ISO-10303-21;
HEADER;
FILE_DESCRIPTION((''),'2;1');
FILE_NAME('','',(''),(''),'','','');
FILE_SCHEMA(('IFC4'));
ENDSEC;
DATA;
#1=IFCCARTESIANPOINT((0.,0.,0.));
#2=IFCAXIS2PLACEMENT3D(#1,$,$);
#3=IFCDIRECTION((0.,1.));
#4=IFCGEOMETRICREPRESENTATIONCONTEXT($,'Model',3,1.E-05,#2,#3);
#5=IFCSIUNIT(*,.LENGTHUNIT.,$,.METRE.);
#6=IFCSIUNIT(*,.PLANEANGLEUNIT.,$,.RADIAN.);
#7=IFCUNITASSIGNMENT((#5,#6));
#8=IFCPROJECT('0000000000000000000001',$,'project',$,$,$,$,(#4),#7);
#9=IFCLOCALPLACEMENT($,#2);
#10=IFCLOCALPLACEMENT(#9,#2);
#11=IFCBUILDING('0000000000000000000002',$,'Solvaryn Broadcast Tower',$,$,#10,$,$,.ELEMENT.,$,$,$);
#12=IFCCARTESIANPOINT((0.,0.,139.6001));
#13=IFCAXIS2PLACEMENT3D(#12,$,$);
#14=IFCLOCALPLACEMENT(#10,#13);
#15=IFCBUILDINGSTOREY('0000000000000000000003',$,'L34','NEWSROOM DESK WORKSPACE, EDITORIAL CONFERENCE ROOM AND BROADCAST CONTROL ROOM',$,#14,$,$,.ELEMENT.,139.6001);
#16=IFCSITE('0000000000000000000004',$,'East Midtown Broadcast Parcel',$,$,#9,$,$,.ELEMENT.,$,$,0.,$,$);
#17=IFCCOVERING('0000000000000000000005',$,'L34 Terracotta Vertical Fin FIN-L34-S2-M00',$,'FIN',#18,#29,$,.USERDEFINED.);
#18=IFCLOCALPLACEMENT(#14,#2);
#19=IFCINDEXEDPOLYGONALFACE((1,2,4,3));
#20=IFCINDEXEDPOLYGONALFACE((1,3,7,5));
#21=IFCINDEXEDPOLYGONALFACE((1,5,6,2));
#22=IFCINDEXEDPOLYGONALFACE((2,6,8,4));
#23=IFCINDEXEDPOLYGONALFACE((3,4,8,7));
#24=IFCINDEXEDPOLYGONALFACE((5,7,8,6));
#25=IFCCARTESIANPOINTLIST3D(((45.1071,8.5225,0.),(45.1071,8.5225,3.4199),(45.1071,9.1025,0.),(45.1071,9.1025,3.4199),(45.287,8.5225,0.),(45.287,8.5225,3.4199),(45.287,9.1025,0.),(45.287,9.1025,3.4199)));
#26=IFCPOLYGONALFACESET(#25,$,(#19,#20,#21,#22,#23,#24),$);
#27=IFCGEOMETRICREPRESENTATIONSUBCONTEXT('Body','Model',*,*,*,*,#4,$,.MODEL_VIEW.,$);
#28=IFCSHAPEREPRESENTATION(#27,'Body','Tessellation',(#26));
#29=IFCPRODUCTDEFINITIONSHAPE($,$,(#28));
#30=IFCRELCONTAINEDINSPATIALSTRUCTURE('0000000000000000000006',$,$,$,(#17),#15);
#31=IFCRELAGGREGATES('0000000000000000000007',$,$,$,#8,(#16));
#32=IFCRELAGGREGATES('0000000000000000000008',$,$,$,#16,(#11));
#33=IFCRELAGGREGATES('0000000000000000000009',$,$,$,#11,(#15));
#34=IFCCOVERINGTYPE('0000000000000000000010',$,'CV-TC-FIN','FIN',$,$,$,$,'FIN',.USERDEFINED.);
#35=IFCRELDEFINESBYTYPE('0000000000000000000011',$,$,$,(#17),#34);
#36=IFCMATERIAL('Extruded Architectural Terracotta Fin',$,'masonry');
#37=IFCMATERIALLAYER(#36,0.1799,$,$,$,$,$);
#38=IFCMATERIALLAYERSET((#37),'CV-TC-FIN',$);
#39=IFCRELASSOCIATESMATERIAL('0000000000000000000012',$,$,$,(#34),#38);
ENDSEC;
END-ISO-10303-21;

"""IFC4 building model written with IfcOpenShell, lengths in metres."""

from ifc_helpers import new_model, si_unit, direction, frame, origin, origin_2d, place, context, subcontext, project, spatial, rectangle, extrude, material, layer, layer_set, type_object, element, save


model = new_model("IFC4")

# Units and contexts
model_context = context("Model", 3, precision=1e-05, world=origin(), true_north=direction((0.0, 1.0)))
body_context = subcontext(model_context, "Body", "Model", "MODEL_VIEW")
ifc_project = project(units=[si_unit("LENGTHUNIT", "METRE"), si_unit("PLANEANGLEUNIT", "RADIAN")], contexts=[model_context])

# Site, building, storey
site_placement = place(None, origin())
site = spatial("IfcSite", under=ifc_project, at=site_placement, Name="East Midtown Broadcast Parcel", CompositionType="ELEMENT", RefElevation=0.0)
building_placement = place(site_placement, origin())
building = spatial("IfcBuilding", under=site, at=building_placement, Name="Solvaryn Broadcast Tower", CompositionType="ELEMENT")
storey_placement = place(building_placement, frame((0.0, 0.0, 139.6001)))
storey = spatial("IfcBuildingStorey", under=building, at=storey_placement, Name="L34", Description="NEWSROOM DESK WORKSPACE, EDITORIAL CONFERENCE ROOM AND BROADCAST CONTROL ROOM", CompositionType="ELEMENT", Elevation=139.6001)

# Covering
ifc_material_1 = material(Name="Extruded Architectural Terracotta Fin", Category="masonry")
ifc_layer_1 = layer(ifc_material_1, 0.1799)
ifc_layer_set_1 = layer_set([ifc_layer_1], Name="CV-TC-FIN")
covering_type_1 = type_object("IfcCoveringType", Name="CV-TC-FIN", Description="FIN", ElementType="FIN", PredefinedType="USERDEFINED", material=ifc_layer_set_1)
for number, where, z_axis, x_axis, name in (
    (1, (45.197, 8.8125, 0.0), (0.0, 0.0, 1.0), (1.0, 0.0, 0.0), "L34 Terracotta Vertical Fin FIN-L34-S2-M00"),
):
    element("IfcCovering", number, at=place(storey_placement, frame(where, z_axis=z_axis, x_axis=x_axis)), inside=storey, type_object=covering_type_1, Name=name, ObjectType="FIN", PredefinedType="USERDEFINED", context=body_context, shape_type="SweptSolid", body=[
        extrude(rectangle(XDim=0.1799, YDim=0.5801, at=origin_2d()), origin(), (0.0, 0.0, 1.0), 3.4199),
    ])

save(model, "model.ifc")
